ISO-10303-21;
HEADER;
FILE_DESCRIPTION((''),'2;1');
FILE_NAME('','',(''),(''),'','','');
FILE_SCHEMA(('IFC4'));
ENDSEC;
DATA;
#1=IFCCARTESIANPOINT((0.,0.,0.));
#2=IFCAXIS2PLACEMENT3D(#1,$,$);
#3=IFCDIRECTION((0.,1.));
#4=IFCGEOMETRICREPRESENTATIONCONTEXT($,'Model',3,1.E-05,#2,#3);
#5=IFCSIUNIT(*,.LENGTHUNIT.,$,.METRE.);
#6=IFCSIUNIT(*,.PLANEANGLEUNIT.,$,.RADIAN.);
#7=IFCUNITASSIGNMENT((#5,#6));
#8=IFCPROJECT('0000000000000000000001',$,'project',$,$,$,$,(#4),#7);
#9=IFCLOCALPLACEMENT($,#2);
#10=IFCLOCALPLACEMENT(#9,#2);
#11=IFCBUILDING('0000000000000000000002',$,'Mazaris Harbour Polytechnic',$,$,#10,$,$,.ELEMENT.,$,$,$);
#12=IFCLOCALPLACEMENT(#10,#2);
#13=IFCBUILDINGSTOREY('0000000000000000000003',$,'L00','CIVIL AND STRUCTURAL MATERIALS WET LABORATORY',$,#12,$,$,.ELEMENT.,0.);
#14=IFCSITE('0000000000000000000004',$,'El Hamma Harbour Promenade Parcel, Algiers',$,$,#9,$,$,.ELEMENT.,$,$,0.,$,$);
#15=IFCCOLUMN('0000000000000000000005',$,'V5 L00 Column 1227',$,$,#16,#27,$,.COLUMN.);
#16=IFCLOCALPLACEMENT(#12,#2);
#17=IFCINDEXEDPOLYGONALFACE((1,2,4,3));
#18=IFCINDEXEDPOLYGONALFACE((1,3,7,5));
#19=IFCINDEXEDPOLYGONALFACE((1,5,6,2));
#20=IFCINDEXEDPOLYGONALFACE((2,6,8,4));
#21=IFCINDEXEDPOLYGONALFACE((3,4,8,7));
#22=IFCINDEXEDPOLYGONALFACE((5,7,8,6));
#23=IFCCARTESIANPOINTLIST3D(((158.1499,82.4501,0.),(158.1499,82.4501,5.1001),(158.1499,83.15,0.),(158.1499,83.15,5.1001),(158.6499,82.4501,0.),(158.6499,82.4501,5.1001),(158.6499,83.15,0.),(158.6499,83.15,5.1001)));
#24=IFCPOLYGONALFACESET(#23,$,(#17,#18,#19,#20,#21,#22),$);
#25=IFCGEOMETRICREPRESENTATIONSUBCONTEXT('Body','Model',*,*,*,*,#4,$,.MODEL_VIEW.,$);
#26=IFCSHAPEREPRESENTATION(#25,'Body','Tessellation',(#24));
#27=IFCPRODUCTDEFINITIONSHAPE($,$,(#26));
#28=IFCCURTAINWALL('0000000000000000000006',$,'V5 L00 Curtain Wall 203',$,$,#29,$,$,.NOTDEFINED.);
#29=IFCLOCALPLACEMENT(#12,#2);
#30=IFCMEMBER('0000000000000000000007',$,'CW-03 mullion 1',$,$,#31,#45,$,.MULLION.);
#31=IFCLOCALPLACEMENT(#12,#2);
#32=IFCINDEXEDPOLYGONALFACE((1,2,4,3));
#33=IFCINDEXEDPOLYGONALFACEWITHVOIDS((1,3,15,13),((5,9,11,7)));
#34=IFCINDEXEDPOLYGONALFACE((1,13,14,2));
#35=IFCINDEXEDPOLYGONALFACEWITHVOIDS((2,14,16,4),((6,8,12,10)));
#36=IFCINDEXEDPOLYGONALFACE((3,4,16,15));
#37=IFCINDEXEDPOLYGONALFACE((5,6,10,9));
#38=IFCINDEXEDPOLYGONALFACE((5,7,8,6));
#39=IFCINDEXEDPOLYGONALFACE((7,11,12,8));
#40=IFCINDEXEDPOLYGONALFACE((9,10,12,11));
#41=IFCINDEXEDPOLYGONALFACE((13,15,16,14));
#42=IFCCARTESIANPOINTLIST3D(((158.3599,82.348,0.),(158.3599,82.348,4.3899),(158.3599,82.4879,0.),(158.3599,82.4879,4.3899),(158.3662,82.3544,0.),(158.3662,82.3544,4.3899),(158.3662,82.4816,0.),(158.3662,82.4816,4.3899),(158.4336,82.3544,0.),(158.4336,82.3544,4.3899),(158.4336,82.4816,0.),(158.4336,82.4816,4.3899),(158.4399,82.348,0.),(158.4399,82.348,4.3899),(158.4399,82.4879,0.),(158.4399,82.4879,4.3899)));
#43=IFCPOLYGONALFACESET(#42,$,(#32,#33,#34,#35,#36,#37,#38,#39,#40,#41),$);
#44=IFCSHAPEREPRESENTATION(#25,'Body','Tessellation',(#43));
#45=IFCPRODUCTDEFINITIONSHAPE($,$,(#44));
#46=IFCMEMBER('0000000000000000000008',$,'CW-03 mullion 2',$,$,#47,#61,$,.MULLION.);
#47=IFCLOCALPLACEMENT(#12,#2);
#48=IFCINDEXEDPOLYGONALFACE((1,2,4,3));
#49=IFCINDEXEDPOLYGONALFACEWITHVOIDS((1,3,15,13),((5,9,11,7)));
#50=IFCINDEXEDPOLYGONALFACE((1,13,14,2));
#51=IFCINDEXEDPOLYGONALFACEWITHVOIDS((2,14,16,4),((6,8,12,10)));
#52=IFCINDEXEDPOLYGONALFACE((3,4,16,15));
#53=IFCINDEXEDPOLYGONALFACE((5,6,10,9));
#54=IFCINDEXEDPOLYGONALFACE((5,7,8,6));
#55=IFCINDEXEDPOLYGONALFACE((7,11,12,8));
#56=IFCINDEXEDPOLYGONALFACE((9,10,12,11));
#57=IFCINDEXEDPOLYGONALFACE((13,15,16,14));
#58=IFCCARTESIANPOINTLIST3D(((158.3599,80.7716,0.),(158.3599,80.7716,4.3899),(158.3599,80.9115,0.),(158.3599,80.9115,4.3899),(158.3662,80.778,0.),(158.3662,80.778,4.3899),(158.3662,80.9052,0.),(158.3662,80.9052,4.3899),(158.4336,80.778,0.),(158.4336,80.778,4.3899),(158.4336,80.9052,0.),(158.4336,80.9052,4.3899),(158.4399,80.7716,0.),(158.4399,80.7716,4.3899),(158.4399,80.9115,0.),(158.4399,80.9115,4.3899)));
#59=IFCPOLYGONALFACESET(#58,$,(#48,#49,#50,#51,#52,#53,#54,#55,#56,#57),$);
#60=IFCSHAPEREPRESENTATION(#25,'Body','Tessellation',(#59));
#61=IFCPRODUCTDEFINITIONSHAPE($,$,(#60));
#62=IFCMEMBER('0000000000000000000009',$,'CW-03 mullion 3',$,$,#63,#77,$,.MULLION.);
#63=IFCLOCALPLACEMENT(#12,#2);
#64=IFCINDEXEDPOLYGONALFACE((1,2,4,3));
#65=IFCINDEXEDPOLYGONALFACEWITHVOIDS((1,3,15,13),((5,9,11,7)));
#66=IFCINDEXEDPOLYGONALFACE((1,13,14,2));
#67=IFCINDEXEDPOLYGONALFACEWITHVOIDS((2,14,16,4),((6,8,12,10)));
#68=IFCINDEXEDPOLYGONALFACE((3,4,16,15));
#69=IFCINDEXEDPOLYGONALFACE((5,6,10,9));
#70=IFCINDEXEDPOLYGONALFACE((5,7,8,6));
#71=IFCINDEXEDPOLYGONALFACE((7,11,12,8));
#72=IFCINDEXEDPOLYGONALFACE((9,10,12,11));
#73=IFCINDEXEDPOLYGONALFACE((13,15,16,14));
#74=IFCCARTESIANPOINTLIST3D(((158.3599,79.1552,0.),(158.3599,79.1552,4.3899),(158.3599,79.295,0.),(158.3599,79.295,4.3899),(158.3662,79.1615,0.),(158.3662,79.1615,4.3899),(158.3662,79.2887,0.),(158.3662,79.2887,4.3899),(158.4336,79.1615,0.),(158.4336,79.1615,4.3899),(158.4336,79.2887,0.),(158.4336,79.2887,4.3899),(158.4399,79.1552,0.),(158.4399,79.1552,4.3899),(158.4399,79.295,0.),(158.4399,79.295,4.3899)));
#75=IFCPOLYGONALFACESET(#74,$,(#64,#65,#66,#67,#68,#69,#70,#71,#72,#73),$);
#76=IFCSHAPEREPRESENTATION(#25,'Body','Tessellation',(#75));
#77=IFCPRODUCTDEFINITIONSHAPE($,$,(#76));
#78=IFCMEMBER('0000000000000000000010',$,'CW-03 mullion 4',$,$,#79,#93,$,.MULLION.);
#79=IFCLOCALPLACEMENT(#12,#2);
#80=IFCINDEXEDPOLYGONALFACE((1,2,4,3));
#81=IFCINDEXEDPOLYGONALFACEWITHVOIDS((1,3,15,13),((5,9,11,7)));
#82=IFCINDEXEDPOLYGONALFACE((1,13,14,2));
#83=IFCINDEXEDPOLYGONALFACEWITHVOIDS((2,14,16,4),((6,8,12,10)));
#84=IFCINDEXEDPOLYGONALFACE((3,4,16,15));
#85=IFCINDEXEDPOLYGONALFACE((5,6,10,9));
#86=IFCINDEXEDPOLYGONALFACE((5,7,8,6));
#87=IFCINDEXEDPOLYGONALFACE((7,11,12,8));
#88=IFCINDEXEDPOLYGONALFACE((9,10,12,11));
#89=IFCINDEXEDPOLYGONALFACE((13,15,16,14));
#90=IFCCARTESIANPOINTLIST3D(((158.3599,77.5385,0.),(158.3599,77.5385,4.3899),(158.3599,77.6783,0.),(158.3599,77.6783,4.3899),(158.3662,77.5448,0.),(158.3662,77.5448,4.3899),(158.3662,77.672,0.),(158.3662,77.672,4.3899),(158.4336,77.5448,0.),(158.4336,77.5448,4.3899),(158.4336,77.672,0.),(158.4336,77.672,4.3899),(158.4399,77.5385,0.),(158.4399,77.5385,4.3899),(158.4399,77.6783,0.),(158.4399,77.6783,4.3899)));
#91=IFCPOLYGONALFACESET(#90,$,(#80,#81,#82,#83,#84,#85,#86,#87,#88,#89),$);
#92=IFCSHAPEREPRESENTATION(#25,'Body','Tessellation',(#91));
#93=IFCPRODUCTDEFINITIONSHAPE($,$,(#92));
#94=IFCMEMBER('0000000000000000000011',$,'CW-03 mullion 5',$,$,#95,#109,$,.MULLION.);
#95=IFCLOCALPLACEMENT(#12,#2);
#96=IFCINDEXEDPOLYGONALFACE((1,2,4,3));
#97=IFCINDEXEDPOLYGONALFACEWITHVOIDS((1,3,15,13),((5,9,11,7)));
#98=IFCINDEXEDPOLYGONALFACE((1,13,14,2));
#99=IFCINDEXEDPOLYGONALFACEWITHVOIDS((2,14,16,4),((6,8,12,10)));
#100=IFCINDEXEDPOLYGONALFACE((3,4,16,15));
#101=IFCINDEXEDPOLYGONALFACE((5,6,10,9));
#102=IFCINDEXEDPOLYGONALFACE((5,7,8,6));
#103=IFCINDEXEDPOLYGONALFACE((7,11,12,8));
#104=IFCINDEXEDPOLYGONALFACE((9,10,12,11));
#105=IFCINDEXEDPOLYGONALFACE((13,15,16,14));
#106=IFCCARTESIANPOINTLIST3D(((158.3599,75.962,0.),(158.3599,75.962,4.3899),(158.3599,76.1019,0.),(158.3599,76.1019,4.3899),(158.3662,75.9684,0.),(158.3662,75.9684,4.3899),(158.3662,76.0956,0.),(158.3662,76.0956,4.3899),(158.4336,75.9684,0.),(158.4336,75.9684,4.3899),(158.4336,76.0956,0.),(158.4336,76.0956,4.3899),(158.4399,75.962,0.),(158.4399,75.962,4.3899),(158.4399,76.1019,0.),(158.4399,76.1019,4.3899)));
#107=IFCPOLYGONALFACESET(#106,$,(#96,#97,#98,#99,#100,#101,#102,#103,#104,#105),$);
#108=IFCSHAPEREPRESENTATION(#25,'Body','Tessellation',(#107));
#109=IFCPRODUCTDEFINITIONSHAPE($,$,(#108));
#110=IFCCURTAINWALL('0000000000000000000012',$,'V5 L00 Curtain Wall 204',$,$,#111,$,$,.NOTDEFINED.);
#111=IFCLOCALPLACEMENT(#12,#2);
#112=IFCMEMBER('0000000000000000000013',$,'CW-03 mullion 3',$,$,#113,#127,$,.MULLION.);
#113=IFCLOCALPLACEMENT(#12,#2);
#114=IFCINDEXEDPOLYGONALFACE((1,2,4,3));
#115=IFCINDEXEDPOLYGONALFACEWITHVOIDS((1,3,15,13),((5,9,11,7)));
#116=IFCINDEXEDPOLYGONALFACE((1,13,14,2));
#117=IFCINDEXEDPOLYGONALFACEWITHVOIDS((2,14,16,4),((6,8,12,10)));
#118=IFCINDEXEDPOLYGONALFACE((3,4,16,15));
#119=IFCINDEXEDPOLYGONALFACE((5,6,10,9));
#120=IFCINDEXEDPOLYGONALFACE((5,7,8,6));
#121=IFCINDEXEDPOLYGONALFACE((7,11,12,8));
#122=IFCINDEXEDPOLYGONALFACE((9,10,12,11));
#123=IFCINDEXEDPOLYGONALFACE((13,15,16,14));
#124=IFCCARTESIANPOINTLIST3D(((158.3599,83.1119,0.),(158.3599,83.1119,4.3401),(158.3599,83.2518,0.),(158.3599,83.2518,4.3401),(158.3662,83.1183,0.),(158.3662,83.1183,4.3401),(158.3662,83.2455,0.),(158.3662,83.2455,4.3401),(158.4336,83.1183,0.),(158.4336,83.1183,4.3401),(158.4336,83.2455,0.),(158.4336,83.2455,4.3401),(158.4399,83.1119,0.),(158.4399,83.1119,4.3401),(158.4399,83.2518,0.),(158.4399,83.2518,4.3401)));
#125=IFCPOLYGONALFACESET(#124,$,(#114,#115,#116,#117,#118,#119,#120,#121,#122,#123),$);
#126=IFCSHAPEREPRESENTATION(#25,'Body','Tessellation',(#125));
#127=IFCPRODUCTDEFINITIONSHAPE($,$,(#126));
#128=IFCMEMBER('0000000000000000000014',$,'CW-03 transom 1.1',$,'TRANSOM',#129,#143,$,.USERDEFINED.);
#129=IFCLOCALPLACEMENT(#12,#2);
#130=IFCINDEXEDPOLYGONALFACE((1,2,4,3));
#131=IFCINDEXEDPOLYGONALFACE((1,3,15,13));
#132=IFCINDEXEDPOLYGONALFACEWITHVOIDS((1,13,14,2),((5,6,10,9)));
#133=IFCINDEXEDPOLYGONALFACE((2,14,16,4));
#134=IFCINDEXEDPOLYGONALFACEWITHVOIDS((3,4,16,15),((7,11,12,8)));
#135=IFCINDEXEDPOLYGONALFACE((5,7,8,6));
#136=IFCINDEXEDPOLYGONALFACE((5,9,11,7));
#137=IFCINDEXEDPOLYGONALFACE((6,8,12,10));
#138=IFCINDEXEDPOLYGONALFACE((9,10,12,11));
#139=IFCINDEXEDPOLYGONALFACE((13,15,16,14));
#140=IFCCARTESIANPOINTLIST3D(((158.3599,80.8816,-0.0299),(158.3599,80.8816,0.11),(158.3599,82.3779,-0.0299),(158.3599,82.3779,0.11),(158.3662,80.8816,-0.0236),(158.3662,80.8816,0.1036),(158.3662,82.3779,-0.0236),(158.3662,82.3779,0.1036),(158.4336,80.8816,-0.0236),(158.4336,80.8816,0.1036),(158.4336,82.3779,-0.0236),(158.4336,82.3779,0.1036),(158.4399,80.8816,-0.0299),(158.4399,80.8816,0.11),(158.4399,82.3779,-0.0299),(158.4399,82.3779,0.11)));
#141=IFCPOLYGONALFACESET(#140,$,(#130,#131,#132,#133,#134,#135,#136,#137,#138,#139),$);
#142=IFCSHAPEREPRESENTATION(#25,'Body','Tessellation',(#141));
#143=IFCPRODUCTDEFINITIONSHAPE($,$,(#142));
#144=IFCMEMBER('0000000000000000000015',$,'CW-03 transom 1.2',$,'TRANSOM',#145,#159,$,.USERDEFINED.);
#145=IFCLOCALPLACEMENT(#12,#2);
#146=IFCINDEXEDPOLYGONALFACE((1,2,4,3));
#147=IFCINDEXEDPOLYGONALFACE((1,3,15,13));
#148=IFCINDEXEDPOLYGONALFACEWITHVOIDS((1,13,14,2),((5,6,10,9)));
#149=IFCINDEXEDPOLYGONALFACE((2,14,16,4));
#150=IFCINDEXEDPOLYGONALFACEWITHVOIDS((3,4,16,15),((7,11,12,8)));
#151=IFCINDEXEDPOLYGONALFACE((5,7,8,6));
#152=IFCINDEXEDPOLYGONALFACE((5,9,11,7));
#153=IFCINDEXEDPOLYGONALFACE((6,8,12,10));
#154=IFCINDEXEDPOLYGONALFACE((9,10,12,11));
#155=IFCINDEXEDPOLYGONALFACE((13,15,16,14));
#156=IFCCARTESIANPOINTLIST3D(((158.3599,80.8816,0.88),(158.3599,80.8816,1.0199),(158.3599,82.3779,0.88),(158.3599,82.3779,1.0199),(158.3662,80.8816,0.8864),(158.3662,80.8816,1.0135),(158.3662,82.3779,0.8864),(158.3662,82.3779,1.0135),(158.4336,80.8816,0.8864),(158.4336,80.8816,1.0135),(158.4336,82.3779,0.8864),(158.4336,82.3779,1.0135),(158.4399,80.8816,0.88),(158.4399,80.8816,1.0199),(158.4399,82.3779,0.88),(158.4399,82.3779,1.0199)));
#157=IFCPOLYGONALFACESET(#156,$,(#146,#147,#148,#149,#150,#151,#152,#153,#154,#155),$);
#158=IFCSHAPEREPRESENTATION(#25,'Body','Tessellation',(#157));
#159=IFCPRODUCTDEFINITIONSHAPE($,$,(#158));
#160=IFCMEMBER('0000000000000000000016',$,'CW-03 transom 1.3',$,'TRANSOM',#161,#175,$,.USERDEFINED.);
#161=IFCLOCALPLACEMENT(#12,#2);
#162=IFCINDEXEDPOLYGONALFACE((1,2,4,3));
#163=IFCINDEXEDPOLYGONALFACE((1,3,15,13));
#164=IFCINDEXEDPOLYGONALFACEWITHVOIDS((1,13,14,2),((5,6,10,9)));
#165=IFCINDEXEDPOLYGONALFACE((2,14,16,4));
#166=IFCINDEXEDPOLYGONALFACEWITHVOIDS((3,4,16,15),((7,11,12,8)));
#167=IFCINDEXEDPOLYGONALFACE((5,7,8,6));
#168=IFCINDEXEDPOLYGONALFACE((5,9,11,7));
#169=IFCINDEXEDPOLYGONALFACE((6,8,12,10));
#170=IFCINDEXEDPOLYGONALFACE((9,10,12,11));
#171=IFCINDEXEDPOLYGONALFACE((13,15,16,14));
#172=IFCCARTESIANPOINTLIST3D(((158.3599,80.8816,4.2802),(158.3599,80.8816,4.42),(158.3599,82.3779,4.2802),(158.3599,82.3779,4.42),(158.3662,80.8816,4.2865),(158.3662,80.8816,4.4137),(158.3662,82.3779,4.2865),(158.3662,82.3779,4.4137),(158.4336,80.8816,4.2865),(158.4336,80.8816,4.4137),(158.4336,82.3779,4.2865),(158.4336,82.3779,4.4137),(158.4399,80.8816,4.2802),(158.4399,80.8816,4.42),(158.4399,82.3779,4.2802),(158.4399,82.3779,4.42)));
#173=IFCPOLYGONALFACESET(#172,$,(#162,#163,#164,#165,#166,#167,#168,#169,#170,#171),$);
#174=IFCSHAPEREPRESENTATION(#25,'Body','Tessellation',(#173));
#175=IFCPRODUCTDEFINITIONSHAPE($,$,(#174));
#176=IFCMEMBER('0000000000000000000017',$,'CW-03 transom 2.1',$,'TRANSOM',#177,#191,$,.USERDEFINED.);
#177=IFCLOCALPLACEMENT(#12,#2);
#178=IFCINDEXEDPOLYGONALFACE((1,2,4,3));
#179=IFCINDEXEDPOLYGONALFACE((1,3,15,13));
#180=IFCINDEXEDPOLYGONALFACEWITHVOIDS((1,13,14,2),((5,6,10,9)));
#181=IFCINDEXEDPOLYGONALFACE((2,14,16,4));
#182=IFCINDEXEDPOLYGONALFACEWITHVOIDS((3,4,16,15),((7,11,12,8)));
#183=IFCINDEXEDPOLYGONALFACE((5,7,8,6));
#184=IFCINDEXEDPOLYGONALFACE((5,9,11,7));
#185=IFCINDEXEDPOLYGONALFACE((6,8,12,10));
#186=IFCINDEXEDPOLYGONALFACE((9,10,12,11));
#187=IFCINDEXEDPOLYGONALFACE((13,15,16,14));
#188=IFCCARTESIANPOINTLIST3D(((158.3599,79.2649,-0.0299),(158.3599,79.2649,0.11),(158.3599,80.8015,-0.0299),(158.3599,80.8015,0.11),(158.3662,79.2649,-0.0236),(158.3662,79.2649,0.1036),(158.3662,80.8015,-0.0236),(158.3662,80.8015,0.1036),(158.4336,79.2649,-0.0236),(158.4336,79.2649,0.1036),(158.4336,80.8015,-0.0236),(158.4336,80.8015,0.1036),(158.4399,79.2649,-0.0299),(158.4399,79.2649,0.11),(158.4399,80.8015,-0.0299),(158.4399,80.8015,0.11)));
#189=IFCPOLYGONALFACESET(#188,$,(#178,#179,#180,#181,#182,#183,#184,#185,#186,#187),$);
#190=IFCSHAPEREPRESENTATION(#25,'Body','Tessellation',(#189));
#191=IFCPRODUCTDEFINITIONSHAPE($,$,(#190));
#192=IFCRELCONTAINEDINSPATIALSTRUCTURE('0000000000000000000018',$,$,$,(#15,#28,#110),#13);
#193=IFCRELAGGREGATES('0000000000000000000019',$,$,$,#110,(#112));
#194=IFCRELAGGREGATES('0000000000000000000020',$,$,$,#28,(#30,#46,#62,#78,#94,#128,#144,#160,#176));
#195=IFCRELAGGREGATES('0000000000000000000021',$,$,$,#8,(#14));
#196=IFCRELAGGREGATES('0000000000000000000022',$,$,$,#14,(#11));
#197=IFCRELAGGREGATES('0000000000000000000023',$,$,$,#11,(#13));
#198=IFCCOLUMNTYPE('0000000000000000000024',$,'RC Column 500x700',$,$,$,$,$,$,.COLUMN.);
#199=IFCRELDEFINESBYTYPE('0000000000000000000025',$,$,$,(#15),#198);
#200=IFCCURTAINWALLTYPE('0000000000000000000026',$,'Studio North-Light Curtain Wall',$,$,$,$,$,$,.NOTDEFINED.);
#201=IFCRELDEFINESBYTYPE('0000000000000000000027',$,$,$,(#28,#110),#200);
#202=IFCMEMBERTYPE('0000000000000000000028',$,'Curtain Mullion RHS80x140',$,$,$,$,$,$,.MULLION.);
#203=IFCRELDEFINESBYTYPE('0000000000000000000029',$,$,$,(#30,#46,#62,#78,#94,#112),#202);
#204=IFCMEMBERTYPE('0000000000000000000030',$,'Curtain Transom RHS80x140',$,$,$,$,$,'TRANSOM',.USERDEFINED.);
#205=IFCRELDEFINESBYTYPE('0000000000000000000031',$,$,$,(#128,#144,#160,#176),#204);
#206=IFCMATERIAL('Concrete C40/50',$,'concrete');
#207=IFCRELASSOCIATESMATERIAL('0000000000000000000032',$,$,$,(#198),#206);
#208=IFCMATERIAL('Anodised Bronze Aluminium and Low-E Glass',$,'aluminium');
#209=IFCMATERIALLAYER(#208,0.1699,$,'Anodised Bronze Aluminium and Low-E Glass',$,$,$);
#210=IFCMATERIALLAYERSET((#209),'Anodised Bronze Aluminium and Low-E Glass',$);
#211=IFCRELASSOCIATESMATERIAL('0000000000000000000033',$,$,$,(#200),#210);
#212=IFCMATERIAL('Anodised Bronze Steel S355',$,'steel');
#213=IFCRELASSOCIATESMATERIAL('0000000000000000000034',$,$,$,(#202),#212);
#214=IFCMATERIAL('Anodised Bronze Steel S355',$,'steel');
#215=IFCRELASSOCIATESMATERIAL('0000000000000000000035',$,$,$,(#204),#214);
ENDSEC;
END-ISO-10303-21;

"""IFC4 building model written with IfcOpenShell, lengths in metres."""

from ifc_helpers import new_model, si_unit, direction, frame, origin, origin_2d, place, context, subcontext, project, spatial, rectangle, hollow_rectangle, extrude, material, layer, layer_set, material_profile, profile_set, type_object, element, aggregate, save


model = new_model("IFC4")

# Units and contexts
model_context = context("Model", 3, precision=1e-05, world=origin(), true_north=direction((0.0, 1.0)))
body_context = subcontext(model_context, "Body", "Model", "MODEL_VIEW")
ifc_project = project(units=[si_unit("LENGTHUNIT", "METRE"), si_unit("PLANEANGLEUNIT", "RADIAN")], contexts=[model_context])

# Site, building, storey
site_placement = place(None, origin())
site = spatial("IfcSite", under=ifc_project, at=site_placement, Name="El Hamma Harbour Promenade Parcel, Algiers", CompositionType="ELEMENT", RefElevation=0.0)
building_placement = place(site_placement, origin())
building = spatial("IfcBuilding", under=site, at=building_placement, Name="Mazaris Harbour Polytechnic", CompositionType="ELEMENT")
storey_placement = place(building_placement, origin())
storey = spatial("IfcBuildingStorey", under=building, at=storey_placement, Name="L00", Description="CIVIL AND STRUCTURAL MATERIALS WET LABORATORY", CompositionType="ELEMENT", Elevation=0.0)

# Column
ifc_material_1 = material(Name="Concrete C40/50", Category="concrete")
ifc_material_profile_1 = material_profile(ifc_material_1, rectangle(XDim=0.5, YDim=0.7, at=origin_2d()), Name="RECT500x700")
ifc_profile_set_1 = profile_set([ifc_material_profile_1], Name="Concrete C40/50")
column_type = type_object("IfcColumnType", Name="RC Column 500x700", PredefinedType="COLUMN", material=ifc_profile_set_1)
column_placement = place(storey_placement, frame((158.3999, 82.8, 0.0), z_axis=(0.0, 0.0, 1.0), x_axis=(1.0, 0.0, 0.0)))
element("IfcColumn", 1, at=column_placement, inside=storey, type_object=column_type, Name="V5 L00 Column 1227", PredefinedType="COLUMN", context=body_context, shape_type="SweptSolid", body=[
    extrude(rectangle(XDim=0.5, YDim=0.7, at=origin_2d()), origin(), (0.0, 0.0, 1.0), 5.1001),
])

# Curtain wall, members
ifc_material_2 = material(Name="Anodised Bronze Aluminium and Low-E Glass", Category="aluminium")
ifc_layer_1 = layer(ifc_material_2, 0.1699, Name="Anodised Bronze Aluminium and Low-E Glass")
ifc_layer_set_1 = layer_set([ifc_layer_1], Name="Anodised Bronze Aluminium and Low-E Glass")
curtain_wall_type = type_object("IfcCurtainWallType", Name="Studio North-Light Curtain Wall", PredefinedType="NOTDEFINED", material=ifc_layer_set_1)
curtain_wall_1_placement = place(storey_placement, origin())
curtain_wall_1 = element("IfcCurtainWall", 2, at=curtain_wall_1_placement, inside=storey, type_object=curtain_wall_type, Name="V5 L00 Curtain Wall 203", PredefinedType="NOTDEFINED")
ifc_material_3 = material(Name="Anodised Bronze Steel S355", Category="steel")
ifc_material_profile_2 = material_profile(ifc_material_3, hollow_rectangle(XDim=0.0801, YDim=0.1399, WallThickness=0.0063, at=origin_2d()), Name="RHS 80x140x6.3")
ifc_profile_set_2 = profile_set([ifc_material_profile_2], Name="Anodised Bronze Steel S355")
member_type_1 = type_object("IfcMemberType", Name="Curtain Mullion RHS80x140", PredefinedType="MULLION", material=ifc_profile_set_2)
member_1_placement = place(storey_placement, frame((158.3999, 82.418, 0.0), z_axis=(0.0, 0.0, 1.0), x_axis=(1.0, 0.0, 0.0)))
member_1 = element("IfcMember", 3, at=member_1_placement, type_object=member_type_1, Name="CW-03 mullion 1", PredefinedType="MULLION", context=body_context, shape_type="SweptSolid", body=[
    extrude(hollow_rectangle(XDim=0.0801, YDim=0.1399, WallThickness=0.0063, at=origin_2d()), origin(), (0.0, 0.0, 1.0), 4.3899),
])
member_2_placement = place(storey_placement, frame((158.3999, 80.8416, 0.0), z_axis=(0.0, 0.0, 1.0), x_axis=(1.0, 0.0, 0.0)))
member_2 = element("IfcMember", 4, at=member_2_placement, type_object=member_type_1, Name="CW-03 mullion 2", PredefinedType="MULLION", context=body_context, shape_type="SweptSolid", body=[
    extrude(hollow_rectangle(XDim=0.0801, YDim=0.1399, WallThickness=0.0063, at=origin_2d()), origin(), (0.0, 0.0, 1.0), 4.3899),
])
member_3_placement = place(storey_placement, frame((158.3999, 79.2251, 0.0), z_axis=(0.0, 0.0, 1.0), x_axis=(1.0, 0.0, 0.0)))
member_3 = element("IfcMember", 5, at=member_3_placement, type_object=member_type_1, Name="CW-03 mullion 3", PredefinedType="MULLION", context=body_context, shape_type="SweptSolid", body=[
    extrude(hollow_rectangle(XDim=0.0801, YDim=0.1399, WallThickness=0.0063, at=origin_2d()), origin(), (0.0, 0.0, 1.0), 4.3899),
])
member_4_placement = place(storey_placement, frame((158.3999, 77.6084, 0.0), z_axis=(0.0, 0.0, 1.0), x_axis=(1.0, 0.0, 0.0)))
member_4 = element("IfcMember", 6, at=member_4_placement, type_object=member_type_1, Name="CW-03 mullion 4", PredefinedType="MULLION", context=body_context, shape_type="SweptSolid", body=[
    extrude(hollow_rectangle(XDim=0.0801, YDim=0.1399, WallThickness=0.0063, at=origin_2d()), origin(), (0.0, 0.0, 1.0), 4.3899),
])
member_5_placement = place(storey_placement, frame((158.3999, 76.032, 0.0), z_axis=(0.0, 0.0, 1.0), x_axis=(1.0, 0.0, 0.0)))
member_5 = element("IfcMember", 7, at=member_5_placement, type_object=member_type_1, Name="CW-03 mullion 5", PredefinedType="MULLION", context=body_context, shape_type="SweptSolid", body=[
    extrude(hollow_rectangle(XDim=0.0801, YDim=0.1399, WallThickness=0.0063, at=origin_2d()), origin(), (0.0, 0.0, 1.0), 4.3899),
])

# Curtain wall, member
curtain_wall_2_placement = place(storey_placement, origin())
curtain_wall_2 = element("IfcCurtainWall", 8, at=curtain_wall_2_placement, inside=storey, type_object=curtain_wall_type, Name="V5 L00 Curtain Wall 204", PredefinedType="NOTDEFINED")
member_6_placement = place(storey_placement, frame((158.3999, 83.1819, 0.0), z_axis=(0.0, 0.0, 1.0), x_axis=(1.0, 0.0, 0.0)))
member_6 = element("IfcMember", 9, at=member_6_placement, type_object=member_type_1, Name="CW-03 mullion 3", PredefinedType="MULLION", context=body_context, shape_type="SweptSolid", body=[
    extrude(hollow_rectangle(XDim=0.0801, YDim=0.1399, WallThickness=0.0063, at=origin_2d()), origin(), (0.0, 0.0, 1.0), 4.3401),
])
aggregate(curtain_wall_2, [member_6])

# Members
ifc_material_4 = material(Name="Anodised Bronze Steel S355", Category="steel")
ifc_material_profile_3 = material_profile(ifc_material_4, hollow_rectangle(XDim=0.0801, YDim=0.1399, WallThickness=0.0063, at=origin_2d()), Name="RHS 80x140x6.3")
ifc_profile_set_3 = profile_set([ifc_material_profile_3], Name="Anodised Bronze Steel S355")
member_type_2 = type_object("IfcMemberType", Name="Curtain Transom RHS80x140", ElementType="TRANSOM", PredefinedType="USERDEFINED", material=ifc_profile_set_3)
member_7_placement = place(storey_placement, frame((158.3999, 82.3779, 0.04), z_axis=(0.0, -1.0, 0.0), x_axis=(1.0, 0.0, 0.0)))
member_7 = element("IfcMember", 10, at=member_7_placement, type_object=member_type_2, Name="CW-03 transom 1.1", ObjectType="TRANSOM", PredefinedType="USERDEFINED", context=body_context, shape_type="SweptSolid", body=[
    extrude(hollow_rectangle(XDim=0.0801, YDim=0.1399, WallThickness=0.0063, at=origin_2d()), origin(), (0.0, 0.0, 1.0), 1.4963),
])
member_8_placement = place(storey_placement, frame((158.3999, 82.3779, 0.95), z_axis=(0.0, -1.0, 0.0), x_axis=(1.0, 0.0, 0.0)))
member_8 = element("IfcMember", 11, at=member_8_placement, type_object=member_type_2, Name="CW-03 transom 1.2", ObjectType="TRANSOM", PredefinedType="USERDEFINED", context=body_context, shape_type="SweptSolid", body=[
    extrude(hollow_rectangle(XDim=0.0801, YDim=0.1399, WallThickness=0.0063, at=origin_2d()), origin(), (0.0, 0.0, 1.0), 1.4963),
])
member_9_placement = place(storey_placement, frame((158.3999, 82.3779, 4.3501), z_axis=(0.0, -1.0, 0.0), x_axis=(1.0, 0.0, 0.0)))
member_9 = element("IfcMember", 12, at=member_9_placement, type_object=member_type_2, Name="CW-03 transom 1.3", ObjectType="TRANSOM", PredefinedType="USERDEFINED", context=body_context, shape_type="SweptSolid", body=[
    extrude(hollow_rectangle(XDim=0.0801, YDim=0.1399, WallThickness=0.0063, at=origin_2d()), origin(), (0.0, 0.0, 1.0), 1.4963),
])
member_10_placement = place(storey_placement, frame((158.3999, 80.8015, 0.04), z_axis=(0.0, -1.0, 0.0), x_axis=(1.0, 0.0, 0.0)))
member_10 = element("IfcMember", 13, at=member_10_placement, type_object=member_type_2, Name="CW-03 transom 2.1", ObjectType="TRANSOM", PredefinedType="USERDEFINED", context=body_context, shape_type="SweptSolid", body=[
    extrude(hollow_rectangle(XDim=0.0801, YDim=0.1399, WallThickness=0.0063, at=origin_2d()), origin(), (0.0, 0.0, 1.0), 1.5366),
])

aggregate(curtain_wall_1, [member_1, member_2, member_3, member_4, member_5, member_7, member_8, member_9, member_10])

save(model, "model.ifc")
